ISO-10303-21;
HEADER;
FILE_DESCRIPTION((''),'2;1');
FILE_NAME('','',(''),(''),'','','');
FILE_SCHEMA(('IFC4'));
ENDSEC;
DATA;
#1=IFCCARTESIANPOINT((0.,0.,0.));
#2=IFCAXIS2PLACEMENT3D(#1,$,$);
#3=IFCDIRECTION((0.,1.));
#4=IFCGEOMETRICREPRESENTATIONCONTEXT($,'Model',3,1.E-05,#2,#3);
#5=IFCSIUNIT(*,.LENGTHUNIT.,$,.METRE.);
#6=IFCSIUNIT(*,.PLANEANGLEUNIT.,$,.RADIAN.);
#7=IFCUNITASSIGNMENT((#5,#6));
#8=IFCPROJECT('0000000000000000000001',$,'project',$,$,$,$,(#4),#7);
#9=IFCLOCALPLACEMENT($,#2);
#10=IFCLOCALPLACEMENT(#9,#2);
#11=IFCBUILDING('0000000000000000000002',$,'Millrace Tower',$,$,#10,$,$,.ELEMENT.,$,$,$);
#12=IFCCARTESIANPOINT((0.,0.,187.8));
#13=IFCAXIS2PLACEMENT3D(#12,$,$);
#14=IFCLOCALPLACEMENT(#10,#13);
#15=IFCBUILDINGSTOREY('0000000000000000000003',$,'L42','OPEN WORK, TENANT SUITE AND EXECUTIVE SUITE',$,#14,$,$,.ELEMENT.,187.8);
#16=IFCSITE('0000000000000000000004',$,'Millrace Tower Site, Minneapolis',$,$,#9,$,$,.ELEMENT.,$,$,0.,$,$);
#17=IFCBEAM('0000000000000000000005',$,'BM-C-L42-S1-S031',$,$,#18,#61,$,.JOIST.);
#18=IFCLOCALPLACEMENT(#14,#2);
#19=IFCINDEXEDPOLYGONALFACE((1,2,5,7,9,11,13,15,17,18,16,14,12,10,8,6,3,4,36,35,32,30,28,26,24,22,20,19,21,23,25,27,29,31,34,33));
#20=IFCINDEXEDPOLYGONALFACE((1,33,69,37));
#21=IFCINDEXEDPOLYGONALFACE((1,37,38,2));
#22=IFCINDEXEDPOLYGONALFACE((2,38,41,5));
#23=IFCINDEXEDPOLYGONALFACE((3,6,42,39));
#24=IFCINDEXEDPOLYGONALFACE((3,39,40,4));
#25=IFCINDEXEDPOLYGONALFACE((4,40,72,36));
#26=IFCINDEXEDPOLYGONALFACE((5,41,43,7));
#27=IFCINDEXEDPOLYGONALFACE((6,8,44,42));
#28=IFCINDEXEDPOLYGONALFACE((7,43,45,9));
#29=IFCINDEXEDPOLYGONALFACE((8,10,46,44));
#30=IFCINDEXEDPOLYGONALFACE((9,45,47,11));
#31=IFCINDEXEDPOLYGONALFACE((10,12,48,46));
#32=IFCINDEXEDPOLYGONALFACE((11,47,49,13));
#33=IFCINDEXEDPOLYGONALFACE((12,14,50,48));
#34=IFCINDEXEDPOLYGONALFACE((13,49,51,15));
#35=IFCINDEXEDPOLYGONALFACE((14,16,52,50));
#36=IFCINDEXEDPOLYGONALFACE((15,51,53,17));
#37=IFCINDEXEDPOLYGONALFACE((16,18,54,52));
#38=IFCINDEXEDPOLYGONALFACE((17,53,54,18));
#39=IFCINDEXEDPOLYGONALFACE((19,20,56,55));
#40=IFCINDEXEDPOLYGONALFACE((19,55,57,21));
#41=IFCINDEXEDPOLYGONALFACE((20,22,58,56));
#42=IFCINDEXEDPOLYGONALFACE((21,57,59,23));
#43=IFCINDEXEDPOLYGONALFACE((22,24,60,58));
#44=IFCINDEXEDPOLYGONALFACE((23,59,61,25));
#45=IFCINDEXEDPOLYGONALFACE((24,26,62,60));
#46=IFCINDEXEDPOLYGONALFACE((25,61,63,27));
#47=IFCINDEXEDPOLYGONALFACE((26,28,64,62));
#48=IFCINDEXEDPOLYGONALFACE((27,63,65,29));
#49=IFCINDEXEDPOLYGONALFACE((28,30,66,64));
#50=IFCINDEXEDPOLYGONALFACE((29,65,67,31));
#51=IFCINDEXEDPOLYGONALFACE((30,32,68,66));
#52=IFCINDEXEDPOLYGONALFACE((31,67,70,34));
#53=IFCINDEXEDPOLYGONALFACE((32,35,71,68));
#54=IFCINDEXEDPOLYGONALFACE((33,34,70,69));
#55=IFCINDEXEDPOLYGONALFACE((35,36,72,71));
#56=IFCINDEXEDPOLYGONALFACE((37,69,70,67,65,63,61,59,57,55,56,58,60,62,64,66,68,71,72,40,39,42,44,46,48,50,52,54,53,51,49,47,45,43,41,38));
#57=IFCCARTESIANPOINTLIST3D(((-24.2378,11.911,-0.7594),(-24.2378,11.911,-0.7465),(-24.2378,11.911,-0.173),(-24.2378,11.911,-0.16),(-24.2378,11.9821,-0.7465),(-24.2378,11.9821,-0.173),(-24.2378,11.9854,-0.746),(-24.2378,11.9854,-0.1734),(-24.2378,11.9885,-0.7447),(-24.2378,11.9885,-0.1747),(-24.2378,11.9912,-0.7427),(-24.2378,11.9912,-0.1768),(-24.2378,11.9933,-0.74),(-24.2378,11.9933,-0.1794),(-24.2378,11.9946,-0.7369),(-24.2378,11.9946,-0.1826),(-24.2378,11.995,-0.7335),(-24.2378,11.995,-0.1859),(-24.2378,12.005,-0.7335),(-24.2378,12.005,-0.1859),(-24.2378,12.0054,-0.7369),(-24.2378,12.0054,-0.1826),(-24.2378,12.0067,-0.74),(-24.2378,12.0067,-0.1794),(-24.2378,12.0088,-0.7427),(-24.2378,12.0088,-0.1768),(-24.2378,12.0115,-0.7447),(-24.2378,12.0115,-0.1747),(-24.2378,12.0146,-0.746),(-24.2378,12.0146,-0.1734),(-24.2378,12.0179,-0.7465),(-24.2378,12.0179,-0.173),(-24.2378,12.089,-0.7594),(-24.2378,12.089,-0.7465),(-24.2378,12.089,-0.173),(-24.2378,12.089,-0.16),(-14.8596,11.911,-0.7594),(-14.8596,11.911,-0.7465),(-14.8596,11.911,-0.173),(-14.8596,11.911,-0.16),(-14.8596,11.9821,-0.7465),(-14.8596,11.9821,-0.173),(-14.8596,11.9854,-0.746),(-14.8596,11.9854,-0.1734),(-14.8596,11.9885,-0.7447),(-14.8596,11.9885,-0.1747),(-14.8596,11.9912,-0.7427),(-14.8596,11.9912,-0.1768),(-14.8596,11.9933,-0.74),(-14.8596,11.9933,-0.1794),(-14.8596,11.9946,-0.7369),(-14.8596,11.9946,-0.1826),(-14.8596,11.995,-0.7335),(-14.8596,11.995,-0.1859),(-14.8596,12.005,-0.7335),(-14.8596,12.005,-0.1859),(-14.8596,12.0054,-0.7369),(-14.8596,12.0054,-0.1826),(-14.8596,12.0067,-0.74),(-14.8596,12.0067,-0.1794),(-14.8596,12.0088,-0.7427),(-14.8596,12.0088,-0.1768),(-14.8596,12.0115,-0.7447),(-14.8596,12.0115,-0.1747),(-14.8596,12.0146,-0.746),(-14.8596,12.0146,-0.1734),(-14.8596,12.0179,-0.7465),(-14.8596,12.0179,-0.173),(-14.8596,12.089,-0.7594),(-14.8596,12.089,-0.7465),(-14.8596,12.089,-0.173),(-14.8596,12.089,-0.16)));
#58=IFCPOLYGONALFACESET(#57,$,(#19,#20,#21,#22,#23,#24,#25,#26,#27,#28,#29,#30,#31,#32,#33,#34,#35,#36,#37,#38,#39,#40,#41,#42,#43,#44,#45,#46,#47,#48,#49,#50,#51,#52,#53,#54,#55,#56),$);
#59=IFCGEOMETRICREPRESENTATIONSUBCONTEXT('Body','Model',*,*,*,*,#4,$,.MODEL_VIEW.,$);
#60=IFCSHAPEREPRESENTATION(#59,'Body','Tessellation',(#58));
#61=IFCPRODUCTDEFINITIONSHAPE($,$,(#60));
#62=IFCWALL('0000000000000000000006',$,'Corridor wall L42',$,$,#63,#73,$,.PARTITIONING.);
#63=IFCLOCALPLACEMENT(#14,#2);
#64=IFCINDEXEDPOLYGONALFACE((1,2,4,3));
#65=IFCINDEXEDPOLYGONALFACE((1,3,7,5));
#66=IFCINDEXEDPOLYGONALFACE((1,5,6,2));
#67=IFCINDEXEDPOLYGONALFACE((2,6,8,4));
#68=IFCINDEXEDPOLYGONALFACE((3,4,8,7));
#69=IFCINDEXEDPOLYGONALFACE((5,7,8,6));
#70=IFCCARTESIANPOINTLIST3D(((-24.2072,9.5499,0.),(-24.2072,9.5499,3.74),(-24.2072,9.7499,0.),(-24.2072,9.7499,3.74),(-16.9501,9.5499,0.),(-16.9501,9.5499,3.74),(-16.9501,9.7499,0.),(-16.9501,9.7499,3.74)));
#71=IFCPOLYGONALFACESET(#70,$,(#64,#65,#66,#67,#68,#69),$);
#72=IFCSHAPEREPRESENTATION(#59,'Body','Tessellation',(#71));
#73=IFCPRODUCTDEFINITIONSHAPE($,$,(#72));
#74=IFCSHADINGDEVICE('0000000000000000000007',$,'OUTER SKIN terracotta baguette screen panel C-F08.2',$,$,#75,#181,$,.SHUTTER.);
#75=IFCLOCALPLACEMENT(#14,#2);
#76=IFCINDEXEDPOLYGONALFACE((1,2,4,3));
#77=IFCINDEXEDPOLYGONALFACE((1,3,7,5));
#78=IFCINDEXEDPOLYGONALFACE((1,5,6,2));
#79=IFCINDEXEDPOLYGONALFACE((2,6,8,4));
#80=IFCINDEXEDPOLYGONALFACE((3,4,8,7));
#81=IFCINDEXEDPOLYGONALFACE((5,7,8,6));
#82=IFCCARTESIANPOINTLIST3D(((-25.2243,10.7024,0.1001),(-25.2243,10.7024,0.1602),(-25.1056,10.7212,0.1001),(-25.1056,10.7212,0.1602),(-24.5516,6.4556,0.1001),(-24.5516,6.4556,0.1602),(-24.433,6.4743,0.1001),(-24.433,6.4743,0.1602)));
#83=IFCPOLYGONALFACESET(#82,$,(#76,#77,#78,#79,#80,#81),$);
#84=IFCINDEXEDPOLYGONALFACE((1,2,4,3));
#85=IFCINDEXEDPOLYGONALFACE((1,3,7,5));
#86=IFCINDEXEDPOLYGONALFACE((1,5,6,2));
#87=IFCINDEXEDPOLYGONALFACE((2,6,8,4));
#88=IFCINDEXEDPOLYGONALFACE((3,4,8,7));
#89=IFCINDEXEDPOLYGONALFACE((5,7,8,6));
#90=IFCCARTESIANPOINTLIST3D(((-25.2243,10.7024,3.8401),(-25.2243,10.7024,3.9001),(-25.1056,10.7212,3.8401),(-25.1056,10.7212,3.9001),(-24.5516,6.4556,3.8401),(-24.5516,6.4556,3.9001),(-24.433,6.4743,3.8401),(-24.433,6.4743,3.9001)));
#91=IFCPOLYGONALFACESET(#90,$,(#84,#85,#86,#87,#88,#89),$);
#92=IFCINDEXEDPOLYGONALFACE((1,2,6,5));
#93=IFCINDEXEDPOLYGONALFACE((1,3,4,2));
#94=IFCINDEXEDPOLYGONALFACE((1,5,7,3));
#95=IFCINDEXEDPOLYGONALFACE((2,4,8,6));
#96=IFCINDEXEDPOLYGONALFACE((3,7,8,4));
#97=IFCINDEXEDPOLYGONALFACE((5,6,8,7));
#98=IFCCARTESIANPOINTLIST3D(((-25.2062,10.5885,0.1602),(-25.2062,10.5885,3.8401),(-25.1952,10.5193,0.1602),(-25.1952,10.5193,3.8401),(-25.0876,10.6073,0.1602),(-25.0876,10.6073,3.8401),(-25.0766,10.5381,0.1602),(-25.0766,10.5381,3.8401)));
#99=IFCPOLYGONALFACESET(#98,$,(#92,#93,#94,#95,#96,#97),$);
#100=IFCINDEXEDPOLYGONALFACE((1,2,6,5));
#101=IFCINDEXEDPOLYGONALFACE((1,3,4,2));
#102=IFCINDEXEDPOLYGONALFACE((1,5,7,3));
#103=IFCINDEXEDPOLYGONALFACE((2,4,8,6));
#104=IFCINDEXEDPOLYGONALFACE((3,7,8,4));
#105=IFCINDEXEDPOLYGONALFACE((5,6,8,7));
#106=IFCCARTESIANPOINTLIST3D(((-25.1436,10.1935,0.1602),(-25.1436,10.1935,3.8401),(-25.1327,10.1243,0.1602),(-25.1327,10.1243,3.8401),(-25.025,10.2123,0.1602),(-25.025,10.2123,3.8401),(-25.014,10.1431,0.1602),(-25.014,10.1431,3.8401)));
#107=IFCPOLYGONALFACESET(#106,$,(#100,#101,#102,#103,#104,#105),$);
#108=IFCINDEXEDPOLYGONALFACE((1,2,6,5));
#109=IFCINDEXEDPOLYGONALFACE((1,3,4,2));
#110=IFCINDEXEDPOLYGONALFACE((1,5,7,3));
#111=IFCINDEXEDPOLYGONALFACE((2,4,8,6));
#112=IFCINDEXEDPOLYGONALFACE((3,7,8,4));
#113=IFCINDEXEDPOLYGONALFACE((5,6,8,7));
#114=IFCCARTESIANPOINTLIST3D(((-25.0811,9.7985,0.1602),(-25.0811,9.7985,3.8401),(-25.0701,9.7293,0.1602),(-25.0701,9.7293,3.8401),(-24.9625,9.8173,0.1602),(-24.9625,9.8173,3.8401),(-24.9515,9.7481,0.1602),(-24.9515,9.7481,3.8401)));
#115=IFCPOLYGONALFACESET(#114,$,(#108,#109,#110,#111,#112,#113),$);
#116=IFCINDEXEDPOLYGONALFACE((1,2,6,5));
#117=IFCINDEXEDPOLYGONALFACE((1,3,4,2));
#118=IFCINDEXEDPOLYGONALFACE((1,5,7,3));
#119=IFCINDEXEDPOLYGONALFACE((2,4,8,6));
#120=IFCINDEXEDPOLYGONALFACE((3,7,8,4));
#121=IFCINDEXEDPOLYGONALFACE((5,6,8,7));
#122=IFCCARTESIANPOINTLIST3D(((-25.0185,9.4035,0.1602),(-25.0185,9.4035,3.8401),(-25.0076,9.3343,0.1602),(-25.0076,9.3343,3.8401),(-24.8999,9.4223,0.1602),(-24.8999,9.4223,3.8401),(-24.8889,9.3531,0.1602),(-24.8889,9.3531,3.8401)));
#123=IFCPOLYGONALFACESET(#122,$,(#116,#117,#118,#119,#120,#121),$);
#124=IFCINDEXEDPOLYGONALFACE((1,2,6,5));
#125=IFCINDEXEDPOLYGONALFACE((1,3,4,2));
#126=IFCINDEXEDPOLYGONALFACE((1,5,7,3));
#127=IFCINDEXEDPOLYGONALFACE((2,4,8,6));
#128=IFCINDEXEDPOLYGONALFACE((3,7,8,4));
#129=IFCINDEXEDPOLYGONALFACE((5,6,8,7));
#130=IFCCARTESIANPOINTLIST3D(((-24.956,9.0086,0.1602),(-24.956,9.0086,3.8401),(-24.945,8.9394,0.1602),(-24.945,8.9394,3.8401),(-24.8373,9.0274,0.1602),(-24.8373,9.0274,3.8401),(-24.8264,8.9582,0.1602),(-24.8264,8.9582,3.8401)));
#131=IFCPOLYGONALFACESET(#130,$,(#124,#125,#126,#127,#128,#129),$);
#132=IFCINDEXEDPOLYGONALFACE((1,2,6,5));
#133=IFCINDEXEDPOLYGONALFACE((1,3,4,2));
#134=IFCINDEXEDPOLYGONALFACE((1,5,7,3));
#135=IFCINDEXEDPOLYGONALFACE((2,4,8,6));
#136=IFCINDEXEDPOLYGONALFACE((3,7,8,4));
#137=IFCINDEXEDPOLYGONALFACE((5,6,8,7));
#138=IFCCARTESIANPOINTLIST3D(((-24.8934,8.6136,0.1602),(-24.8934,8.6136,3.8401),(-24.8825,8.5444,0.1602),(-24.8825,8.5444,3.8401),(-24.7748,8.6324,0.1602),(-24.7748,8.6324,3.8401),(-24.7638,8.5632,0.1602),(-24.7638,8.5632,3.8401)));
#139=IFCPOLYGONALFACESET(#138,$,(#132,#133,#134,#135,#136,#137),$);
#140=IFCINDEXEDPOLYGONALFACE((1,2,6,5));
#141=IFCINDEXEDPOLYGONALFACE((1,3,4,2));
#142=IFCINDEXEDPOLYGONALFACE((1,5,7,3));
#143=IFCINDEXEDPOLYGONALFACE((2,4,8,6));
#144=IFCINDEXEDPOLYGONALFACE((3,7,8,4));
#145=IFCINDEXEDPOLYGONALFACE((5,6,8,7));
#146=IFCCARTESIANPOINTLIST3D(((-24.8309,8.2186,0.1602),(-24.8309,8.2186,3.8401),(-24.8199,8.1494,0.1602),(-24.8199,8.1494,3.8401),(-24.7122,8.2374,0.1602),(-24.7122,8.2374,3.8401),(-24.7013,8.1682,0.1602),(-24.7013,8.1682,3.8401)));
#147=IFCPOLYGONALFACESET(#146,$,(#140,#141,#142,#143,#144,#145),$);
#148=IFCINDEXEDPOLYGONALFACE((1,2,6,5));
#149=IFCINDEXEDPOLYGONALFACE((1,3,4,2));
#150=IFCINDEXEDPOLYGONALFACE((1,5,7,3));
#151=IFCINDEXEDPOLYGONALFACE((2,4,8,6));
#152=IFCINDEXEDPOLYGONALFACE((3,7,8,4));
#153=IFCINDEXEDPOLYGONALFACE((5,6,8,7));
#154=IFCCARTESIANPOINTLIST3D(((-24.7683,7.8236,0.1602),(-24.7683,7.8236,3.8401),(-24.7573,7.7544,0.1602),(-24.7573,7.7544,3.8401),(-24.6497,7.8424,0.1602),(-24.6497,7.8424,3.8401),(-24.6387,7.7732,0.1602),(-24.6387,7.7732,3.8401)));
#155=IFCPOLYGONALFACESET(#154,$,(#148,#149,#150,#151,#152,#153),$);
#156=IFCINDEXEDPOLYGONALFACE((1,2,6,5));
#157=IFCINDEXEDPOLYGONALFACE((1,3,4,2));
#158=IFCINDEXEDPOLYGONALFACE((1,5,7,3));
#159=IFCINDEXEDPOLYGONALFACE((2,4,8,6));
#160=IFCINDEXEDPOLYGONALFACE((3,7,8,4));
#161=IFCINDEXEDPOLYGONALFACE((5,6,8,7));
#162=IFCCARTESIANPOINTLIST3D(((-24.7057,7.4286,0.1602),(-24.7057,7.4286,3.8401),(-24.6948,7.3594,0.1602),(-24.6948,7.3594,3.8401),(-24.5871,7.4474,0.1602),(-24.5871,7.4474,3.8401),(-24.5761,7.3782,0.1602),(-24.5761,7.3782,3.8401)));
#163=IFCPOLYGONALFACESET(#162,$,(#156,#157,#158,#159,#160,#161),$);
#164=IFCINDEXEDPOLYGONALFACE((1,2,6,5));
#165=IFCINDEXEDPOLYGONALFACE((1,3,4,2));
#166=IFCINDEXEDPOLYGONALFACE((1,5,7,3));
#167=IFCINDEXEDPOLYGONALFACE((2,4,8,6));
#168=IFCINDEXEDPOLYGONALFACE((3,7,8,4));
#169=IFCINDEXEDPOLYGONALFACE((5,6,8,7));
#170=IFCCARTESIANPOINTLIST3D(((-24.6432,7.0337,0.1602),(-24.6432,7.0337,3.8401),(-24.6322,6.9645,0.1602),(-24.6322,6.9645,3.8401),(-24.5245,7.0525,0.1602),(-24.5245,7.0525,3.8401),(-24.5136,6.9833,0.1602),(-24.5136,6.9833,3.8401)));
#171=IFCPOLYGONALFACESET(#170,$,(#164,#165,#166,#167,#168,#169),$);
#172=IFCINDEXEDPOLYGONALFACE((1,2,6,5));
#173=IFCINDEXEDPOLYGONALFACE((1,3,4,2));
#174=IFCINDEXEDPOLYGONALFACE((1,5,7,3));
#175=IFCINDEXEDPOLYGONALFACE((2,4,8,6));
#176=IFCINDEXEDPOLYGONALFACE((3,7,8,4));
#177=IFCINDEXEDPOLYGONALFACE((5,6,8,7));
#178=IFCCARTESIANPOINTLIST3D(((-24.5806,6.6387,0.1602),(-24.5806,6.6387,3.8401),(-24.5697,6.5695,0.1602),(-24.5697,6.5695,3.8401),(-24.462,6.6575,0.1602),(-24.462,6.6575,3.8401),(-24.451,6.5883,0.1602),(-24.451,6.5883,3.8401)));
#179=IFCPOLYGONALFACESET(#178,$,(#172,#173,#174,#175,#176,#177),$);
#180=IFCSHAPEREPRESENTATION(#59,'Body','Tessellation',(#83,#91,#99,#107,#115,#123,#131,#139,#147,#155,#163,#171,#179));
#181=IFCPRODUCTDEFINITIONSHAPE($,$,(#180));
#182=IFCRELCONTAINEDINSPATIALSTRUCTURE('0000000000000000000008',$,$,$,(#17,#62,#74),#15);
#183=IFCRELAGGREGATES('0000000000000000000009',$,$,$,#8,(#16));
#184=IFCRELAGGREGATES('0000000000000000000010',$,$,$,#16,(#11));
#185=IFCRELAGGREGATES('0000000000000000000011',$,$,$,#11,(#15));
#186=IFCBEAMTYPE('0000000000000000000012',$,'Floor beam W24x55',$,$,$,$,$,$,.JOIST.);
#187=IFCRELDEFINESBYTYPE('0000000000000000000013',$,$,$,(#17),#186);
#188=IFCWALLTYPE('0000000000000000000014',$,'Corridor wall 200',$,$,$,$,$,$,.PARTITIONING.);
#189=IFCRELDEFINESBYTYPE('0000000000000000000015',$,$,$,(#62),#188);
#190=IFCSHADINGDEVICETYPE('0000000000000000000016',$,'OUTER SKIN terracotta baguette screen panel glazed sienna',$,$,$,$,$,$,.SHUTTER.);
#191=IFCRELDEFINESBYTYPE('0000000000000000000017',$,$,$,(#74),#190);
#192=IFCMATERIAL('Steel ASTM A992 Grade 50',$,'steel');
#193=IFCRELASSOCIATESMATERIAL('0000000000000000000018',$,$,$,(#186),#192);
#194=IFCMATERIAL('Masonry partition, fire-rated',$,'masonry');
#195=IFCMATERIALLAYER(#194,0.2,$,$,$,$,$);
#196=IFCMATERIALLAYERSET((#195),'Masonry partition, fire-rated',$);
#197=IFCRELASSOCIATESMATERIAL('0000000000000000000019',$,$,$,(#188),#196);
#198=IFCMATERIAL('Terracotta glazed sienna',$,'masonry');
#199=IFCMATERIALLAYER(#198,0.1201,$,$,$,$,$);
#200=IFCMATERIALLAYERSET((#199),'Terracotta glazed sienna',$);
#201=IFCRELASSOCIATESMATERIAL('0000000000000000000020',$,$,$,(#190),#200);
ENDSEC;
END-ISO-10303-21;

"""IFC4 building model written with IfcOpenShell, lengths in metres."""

from ifc_helpers import new_model, entity, si_unit, direction, frame, frame_2d, origin, origin_2d, place, context, subcontext, project, spatial, rectangle, i_section, extrude, source, transform, mapped, material, layer, layer_set, material_profile, profile_set, type_object, element, save


model = new_model("IFC4")

# Units and contexts
model_context = context("Model", 3, precision=1e-05, world=origin(), true_north=direction((0.0, 1.0)))
body_context = subcontext(model_context, "Body", "Model", "MODEL_VIEW")
ifc_project = project(units=[si_unit("LENGTHUNIT", "METRE"), si_unit("PLANEANGLEUNIT", "RADIAN")], contexts=[model_context])

# Site, building, storey
site_placement = place(None, origin())
site = spatial("IfcSite", under=ifc_project, at=site_placement, Name="Millrace Tower Site, Minneapolis", CompositionType="ELEMENT", RefElevation=0.0)
building_placement = place(site_placement, origin())
building = spatial("IfcBuilding", under=site, at=building_placement, Name="Millrace Tower", CompositionType="ELEMENT")
storey_placement = place(building_placement, frame((0.0, 0.0, 187.8)))
storey = spatial("IfcBuildingStorey", under=building, at=storey_placement, Name="L42", Description="OPEN WORK, TENANT SUITE AND EXECUTIVE SUITE", CompositionType="ELEMENT", Elevation=187.8)

# Beam
ifc_material_1 = material(Name="Steel ASTM A992 Grade 50", Category="steel")
ifc_material_profile_1 = material_profile(ifc_material_1, i_section(OverallWidth=0.178, OverallDepth=0.5994, WebThickness=0.01, FlangeThickness=0.0129, FilletRadius=0.0129, at=origin_2d()))
ifc_profile_set_1 = profile_set([ifc_material_profile_1], Name="Steel ASTM A992 Grade 50")
beam_type = type_object("IfcBeamType", Name="Floor beam W24x55", PredefinedType="JOIST", material=ifc_profile_set_1)
beam_1_placement = place(storey_placement, frame((-24.2378, 12.0, -0.4597), z_axis=(1.0, 0.0, 0.0), x_axis=(0.0, 1.0, 0.0)))
element("IfcBeam", 1, at=beam_1_placement, inside=storey, type_object=beam_type, Name="BM-C-L42-S1-S031", PredefinedType="JOIST", context=body_context, shape_type="SweptSolid", body=[
    extrude(i_section(OverallWidth=0.178, OverallDepth=0.5994, WebThickness=0.01, FlangeThickness=0.0129, FilletRadius=0.0129, at=origin_2d()), origin(), (0.0, 0.0, 1.0), 9.3782),
])

# Wall
ifc_material_2 = material(Name="Masonry partition, fire-rated", Category="masonry")
ifc_layer_1 = layer(ifc_material_2, 0.2)
ifc_layer_set_1 = layer_set([ifc_layer_1], Name="Masonry partition, fire-rated")
wall_type = type_object("IfcWallType", Name="Corridor wall 200", PredefinedType="PARTITIONING", material=ifc_layer_set_1)
wall_1_placement = place(storey_placement, frame((-24.207, 9.6499, 0.0), z_axis=(0.0, 0.0, 1.0), x_axis=(1.0, 0.0, 0.0)))
element("IfcWall", 2, at=wall_1_placement, inside=storey, type_object=wall_type, Name="Corridor wall L42", PredefinedType="PARTITIONING", context=body_context, shape_type="SweptSolid", body=[
    extrude(rectangle(XDim=7.2571, YDim=0.2, at=frame_2d((3.6284, 0.0))), origin(), (0.0, 0.0, 1.0), 3.74),
])

# Shading device
ifc_material_3 = material(Name="Terracotta glazed sienna", Category="masonry")
ifc_layer_2 = layer(ifc_material_3, 0.1201)
ifc_layer_set_2 = layer_set([ifc_layer_2], Name="Terracotta glazed sienna")
shading_device_type = type_object("IfcShadingDeviceType", Name="OUTER SKIN terracotta baguette screen panel glazed sienna", PredefinedType="SHUTTER", material=ifc_layer_set_2)
cartesian_point = entity("IfcCartesianPoint", [-2.1499, 0.0601])
shared_polyline = entity("IfcPolyline", [cartesian_point, entity("IfcCartesianPoint", [2.1499, 0.0601]), entity("IfcCartesianPoint", [2.1499, -0.0601]), entity("IfcCartesianPoint", [-2.1499, -0.0601]), cartesian_point])
shared_shape = source(origin(), body_context, "Body", "SweptSolid", [
    entity("IfcExtrudedAreaSolid", entity("IfcArbitraryClosedProfileDef", "AREA", None, shared_polyline), entity("IfcAxis2Placement3D", entity("IfcCartesianPoint", [0.0, 0.0, 0.0])), entity("IfcDirection", [0.0, 0.0, 1.0]), 0.0601),
    entity("IfcExtrudedAreaSolid", entity("IfcArbitraryClosedProfileDef", "AREA", None, shared_polyline), entity("IfcAxis2Placement3D", entity("IfcCartesianPoint", [0.0, 0.0, 3.74])), entity("IfcDirection", [0.0, 0.0, 1.0]), 0.0601),
    extrude(rectangle(XDim=0.0701, YDim=0.1201, at=frame_2d((-1.9995, 0.0))), frame((0.0, 0.0, 0.0601)), (0.0, 0.0, 1.0), 3.6799),
    extrude(rectangle(XDim=0.0701, YDim=0.1201, at=frame_2d((-1.5996, 0.0))), frame((0.0, 0.0, 0.0601)), (0.0, 0.0, 1.0), 3.6799),
    extrude(rectangle(XDim=0.0701, YDim=0.1201, at=frame_2d((-1.1997, 0.0))), frame((0.0, 0.0, 0.0601)), (0.0, 0.0, 1.0), 3.6799),
    extrude(rectangle(XDim=0.0701, YDim=0.1201, at=frame_2d((-0.7998, 0.0))), frame((0.0, 0.0, 0.0601)), (0.0, 0.0, 1.0), 3.6799),
    extrude(rectangle(XDim=0.0701, YDim=0.1201, at=frame_2d((-0.3999, 0.0))), frame((0.0, 0.0, 0.0601)), (0.0, 0.0, 1.0), 3.6799),
    extrude(rectangle(XDim=0.0701, YDim=0.1201, at=origin_2d()), frame((0.0, 0.0, 0.0601)), (0.0, 0.0, 1.0), 3.6799),
    extrude(rectangle(XDim=0.0701, YDim=0.1201, at=frame_2d((0.3999, 0.0))), frame((0.0, 0.0, 0.0601)), (0.0, 0.0, 1.0), 3.6799),
    extrude(rectangle(XDim=0.0701, YDim=0.1201, at=frame_2d((0.7998, 0.0))), frame((0.0, 0.0, 0.0601)), (0.0, 0.0, 1.0), 3.6799),
    extrude(rectangle(XDim=0.0701, YDim=0.1201, at=frame_2d((1.1997, 0.0))), frame((0.0, 0.0, 0.0601)), (0.0, 0.0, 1.0), 3.6799),
    extrude(rectangle(XDim=0.0701, YDim=0.1201, at=frame_2d((1.5996, 0.0))), frame((0.0, 0.0, 0.0601)), (0.0, 0.0, 1.0), 3.6799),
    extrude(rectangle(XDim=0.0701, YDim=0.1201, at=frame_2d((1.9995, 0.0))), frame((0.0, 0.0, 0.0601)), (0.0, 0.0, 1.0), 3.6799),
])
for number, where, z_axis, x_axis, name in (
    (3, (-24.8286, 8.5884, 0.1001), (0.0, 0.0, 1.0), (0.156434, -0.987688, 0.0), "OUTER SKIN terracotta baguette screen panel C-F08.2"),
):
    element("IfcShadingDevice", number, at=place(storey_placement, frame(where, z_axis=z_axis, x_axis=x_axis)), inside=storey, type_object=shading_device_type, Name=name, PredefinedType="SHUTTER", context=body_context, shape_type="MappedRepresentation", body=[
        mapped(shared_shape, transform((0.0, 0.0, 0.0), scale=1.0)),
    ])

save(model, "model.ifc")
